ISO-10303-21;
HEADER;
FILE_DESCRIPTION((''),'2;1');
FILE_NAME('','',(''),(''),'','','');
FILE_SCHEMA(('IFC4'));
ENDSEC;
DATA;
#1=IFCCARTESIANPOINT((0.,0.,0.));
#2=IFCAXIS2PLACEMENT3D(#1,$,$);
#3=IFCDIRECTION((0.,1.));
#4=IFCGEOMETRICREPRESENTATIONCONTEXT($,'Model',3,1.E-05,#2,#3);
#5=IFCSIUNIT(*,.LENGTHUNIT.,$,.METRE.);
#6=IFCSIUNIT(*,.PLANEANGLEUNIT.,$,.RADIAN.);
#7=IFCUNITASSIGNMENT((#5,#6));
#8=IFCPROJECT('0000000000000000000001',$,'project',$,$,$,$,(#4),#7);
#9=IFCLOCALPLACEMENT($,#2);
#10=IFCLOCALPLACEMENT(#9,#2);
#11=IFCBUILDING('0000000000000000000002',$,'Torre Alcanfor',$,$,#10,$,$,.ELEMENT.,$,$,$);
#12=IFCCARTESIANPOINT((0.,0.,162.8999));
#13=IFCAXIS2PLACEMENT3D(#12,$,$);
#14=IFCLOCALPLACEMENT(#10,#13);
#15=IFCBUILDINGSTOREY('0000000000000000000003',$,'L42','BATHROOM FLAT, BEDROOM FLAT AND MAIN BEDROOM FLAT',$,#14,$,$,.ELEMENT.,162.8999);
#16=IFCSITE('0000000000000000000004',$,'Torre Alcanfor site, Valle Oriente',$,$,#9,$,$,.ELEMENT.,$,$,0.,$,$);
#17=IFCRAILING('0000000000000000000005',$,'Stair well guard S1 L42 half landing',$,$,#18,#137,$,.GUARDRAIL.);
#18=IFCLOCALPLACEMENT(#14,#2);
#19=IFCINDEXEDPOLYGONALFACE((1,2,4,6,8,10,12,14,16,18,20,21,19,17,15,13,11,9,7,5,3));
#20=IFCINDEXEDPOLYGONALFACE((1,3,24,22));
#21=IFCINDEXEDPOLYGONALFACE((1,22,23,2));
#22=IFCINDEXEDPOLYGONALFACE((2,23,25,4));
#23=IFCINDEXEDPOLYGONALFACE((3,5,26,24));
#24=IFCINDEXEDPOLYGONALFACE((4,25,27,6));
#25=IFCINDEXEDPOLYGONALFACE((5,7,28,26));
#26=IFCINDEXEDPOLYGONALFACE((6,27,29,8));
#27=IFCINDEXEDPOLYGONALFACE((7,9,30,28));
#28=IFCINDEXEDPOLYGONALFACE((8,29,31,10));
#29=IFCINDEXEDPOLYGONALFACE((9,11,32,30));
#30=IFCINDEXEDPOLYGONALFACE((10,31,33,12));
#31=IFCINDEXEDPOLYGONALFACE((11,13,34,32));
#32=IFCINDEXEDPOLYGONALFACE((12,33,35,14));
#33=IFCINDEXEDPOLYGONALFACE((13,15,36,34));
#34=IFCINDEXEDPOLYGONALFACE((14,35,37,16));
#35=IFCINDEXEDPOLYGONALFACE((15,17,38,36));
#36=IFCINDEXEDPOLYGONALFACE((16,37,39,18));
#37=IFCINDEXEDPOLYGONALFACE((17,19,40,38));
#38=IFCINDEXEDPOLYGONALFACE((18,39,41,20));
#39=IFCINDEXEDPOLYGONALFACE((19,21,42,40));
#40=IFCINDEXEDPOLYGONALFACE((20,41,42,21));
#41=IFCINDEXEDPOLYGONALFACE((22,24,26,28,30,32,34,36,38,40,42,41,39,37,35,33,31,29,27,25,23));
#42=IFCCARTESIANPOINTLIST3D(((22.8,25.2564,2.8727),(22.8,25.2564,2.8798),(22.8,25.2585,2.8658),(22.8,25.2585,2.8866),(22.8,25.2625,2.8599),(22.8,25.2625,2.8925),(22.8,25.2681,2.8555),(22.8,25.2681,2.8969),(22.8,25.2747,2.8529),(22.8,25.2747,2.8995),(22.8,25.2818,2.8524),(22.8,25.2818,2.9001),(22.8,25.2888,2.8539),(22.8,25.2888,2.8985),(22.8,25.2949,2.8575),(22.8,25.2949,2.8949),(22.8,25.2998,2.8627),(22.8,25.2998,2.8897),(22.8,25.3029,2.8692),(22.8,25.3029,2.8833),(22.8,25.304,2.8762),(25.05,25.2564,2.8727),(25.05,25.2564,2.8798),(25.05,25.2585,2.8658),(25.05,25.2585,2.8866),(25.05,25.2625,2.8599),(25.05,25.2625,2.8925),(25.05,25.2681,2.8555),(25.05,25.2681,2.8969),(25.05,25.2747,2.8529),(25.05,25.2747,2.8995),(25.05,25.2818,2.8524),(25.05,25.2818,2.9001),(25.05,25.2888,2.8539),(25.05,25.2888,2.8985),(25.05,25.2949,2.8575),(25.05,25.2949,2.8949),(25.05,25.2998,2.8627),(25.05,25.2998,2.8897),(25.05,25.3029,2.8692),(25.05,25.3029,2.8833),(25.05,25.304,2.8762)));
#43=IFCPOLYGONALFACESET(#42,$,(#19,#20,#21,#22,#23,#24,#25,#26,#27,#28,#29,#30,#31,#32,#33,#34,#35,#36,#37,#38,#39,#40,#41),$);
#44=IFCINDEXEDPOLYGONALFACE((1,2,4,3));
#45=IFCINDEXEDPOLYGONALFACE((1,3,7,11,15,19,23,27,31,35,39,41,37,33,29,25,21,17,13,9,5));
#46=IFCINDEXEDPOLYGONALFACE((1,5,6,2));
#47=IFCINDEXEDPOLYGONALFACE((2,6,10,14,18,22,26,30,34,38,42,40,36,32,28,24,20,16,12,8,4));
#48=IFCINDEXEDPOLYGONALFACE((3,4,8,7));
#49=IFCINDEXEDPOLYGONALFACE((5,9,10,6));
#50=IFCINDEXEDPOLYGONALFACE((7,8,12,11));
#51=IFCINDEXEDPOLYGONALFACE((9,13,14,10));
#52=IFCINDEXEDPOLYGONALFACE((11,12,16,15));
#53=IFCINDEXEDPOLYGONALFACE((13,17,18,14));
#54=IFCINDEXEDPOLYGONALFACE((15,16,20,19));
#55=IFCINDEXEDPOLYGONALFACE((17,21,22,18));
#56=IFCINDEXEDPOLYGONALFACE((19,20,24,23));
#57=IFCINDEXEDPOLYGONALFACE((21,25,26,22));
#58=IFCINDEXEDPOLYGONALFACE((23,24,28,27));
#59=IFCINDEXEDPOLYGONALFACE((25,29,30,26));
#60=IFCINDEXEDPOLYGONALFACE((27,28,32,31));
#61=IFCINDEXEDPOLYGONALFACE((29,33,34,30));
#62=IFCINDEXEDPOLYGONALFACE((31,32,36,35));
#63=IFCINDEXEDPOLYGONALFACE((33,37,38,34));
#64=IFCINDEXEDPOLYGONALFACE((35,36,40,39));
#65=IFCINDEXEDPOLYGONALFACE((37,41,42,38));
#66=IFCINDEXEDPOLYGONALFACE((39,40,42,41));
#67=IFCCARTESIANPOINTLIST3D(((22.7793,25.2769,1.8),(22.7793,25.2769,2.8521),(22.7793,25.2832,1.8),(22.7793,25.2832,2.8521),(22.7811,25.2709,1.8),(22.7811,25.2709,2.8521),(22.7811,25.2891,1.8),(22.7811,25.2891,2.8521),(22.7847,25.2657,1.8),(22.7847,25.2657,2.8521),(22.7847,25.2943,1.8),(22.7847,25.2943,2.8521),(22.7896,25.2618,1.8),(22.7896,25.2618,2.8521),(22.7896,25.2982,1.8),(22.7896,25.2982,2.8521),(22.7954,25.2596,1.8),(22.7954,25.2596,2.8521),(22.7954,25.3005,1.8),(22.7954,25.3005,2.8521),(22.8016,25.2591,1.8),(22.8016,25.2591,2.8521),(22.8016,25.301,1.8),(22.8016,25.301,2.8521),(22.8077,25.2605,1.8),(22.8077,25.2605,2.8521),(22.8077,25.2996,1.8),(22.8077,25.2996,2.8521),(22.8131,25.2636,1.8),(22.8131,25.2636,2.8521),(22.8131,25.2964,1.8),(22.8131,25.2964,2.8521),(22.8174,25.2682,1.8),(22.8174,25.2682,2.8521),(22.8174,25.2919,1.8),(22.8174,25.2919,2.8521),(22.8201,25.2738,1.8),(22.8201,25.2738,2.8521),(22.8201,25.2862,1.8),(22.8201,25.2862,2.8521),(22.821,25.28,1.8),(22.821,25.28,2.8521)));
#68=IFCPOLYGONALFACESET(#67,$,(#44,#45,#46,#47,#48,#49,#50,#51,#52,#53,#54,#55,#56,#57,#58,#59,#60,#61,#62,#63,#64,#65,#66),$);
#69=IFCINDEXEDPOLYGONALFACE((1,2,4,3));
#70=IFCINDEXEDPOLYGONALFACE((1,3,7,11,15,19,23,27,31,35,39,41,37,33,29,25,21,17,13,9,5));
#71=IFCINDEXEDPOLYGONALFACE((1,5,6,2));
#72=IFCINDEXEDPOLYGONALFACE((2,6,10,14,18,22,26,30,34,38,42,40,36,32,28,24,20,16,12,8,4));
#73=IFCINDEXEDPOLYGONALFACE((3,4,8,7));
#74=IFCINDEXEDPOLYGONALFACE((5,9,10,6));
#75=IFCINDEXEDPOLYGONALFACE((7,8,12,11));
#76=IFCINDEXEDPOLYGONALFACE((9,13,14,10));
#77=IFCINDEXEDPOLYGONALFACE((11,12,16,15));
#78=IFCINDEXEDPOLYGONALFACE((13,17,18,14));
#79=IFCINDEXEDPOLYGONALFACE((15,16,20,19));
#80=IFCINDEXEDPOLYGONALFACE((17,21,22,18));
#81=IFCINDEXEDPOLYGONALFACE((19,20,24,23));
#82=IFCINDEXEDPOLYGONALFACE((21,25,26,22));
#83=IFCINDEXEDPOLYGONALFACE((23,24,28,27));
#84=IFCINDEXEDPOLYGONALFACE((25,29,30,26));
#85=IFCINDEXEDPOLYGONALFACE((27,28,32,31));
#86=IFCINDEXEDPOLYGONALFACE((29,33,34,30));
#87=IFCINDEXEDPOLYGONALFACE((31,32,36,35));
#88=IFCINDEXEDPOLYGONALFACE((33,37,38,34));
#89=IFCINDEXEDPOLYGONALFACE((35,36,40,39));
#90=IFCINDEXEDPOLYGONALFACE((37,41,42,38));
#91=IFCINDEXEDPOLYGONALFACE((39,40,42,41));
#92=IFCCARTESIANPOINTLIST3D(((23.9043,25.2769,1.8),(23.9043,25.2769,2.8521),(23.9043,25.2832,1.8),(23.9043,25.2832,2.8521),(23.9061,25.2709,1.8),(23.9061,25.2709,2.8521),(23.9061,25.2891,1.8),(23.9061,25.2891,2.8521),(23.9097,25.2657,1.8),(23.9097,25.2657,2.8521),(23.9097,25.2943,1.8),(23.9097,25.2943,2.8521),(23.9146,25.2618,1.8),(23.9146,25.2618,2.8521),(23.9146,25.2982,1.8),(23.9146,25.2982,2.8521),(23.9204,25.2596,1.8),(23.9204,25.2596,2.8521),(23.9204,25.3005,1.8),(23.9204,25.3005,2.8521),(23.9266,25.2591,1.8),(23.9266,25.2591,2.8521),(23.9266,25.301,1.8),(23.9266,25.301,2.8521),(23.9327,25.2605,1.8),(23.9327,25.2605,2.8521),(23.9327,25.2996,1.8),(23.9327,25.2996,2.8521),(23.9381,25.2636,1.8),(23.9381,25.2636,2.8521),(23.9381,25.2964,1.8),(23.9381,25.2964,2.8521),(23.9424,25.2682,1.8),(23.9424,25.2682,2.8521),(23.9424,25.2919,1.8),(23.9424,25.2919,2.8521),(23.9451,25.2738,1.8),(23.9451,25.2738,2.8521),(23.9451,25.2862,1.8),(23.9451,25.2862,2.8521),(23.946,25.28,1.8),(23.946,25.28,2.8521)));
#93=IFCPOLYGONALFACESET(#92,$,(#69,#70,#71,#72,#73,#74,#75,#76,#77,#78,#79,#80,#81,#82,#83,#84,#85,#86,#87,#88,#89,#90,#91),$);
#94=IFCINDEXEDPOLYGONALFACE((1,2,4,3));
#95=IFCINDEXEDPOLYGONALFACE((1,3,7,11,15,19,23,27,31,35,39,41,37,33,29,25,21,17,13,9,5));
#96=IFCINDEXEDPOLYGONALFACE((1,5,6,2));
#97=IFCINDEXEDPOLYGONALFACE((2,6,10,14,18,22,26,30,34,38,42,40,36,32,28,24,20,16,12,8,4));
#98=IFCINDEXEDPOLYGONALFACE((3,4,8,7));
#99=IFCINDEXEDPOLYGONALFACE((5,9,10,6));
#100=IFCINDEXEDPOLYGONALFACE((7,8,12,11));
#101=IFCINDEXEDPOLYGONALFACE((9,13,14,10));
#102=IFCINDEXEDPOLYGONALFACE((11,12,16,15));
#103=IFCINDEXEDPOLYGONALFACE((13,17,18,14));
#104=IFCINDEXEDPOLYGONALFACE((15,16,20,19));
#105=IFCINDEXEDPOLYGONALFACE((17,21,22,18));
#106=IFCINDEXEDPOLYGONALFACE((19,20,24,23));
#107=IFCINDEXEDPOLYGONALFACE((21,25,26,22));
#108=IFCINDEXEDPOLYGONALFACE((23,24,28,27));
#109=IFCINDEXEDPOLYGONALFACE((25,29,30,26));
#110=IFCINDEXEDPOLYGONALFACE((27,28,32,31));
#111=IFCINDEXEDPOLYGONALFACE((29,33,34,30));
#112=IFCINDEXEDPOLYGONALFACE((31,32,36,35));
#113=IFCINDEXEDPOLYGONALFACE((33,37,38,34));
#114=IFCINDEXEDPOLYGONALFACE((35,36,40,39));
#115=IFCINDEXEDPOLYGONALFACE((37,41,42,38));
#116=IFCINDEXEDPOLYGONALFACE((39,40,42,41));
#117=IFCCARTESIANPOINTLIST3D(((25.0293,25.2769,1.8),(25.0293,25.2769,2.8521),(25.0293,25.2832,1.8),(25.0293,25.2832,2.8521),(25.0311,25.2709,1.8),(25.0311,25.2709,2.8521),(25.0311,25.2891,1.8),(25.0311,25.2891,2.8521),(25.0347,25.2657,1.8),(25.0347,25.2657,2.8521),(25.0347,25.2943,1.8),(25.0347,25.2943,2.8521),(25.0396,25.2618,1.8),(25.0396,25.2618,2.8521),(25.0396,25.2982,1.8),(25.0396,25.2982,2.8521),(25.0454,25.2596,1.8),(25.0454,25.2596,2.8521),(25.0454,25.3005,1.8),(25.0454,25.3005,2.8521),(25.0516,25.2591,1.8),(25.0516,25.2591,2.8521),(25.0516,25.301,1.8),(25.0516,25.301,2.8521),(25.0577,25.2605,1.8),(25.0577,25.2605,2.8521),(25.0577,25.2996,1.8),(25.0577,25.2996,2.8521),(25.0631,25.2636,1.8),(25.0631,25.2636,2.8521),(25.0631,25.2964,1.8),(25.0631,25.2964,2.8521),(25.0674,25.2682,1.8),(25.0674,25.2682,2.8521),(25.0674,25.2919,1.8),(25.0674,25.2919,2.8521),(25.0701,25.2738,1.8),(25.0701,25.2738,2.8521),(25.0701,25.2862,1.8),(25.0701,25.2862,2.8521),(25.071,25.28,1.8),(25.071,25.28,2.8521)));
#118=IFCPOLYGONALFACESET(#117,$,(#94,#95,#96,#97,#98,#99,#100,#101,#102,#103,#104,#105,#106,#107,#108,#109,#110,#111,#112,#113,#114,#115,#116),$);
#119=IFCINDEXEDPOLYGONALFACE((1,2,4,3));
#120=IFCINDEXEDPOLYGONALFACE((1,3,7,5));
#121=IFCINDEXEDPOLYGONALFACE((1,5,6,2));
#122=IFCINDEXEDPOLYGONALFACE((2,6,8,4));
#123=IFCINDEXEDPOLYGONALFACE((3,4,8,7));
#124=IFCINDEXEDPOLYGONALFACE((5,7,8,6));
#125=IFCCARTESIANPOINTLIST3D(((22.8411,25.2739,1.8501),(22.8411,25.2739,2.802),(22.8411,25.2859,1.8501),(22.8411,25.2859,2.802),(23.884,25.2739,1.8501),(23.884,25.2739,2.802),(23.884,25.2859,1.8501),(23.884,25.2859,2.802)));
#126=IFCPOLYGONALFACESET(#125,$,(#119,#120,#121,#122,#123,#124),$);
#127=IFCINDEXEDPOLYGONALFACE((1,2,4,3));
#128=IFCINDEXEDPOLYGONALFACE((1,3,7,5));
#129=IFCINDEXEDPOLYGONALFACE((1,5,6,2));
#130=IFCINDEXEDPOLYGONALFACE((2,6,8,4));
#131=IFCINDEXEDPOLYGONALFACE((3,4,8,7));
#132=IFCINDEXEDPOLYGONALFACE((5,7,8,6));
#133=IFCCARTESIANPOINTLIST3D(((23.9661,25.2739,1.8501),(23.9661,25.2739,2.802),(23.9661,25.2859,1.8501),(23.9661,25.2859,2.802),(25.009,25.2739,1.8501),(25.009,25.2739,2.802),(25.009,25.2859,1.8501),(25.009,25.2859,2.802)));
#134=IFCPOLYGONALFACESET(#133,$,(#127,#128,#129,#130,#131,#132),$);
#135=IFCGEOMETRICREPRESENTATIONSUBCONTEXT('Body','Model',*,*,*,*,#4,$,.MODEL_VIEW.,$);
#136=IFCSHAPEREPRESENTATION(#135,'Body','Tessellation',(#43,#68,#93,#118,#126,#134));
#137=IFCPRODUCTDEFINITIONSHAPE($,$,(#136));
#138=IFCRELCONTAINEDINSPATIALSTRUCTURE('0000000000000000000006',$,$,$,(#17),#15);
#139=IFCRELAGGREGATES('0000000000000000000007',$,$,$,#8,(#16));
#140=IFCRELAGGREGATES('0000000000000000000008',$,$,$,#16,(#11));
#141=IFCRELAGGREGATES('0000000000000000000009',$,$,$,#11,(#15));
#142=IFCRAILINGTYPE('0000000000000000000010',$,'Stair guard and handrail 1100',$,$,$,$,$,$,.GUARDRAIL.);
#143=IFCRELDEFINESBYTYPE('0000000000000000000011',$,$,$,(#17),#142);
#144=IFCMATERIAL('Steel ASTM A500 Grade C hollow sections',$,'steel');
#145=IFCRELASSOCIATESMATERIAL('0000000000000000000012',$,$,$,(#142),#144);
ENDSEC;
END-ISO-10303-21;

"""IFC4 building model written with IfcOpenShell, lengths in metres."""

from ifc_helpers import new_model, si_unit, direction, frame, origin, origin_2d, place, context, subcontext, project, spatial, polyline, circle, outline, extrude, material, type_object, element, save


model = new_model("IFC4")

# Units and contexts
model_context = context("Model", 3, precision=1e-05, world=origin(), true_north=direction((0.0, 1.0)))
body_context = subcontext(model_context, "Body", "Model", "MODEL_VIEW")
ifc_project = project(units=[si_unit("LENGTHUNIT", "METRE"), si_unit("PLANEANGLEUNIT", "RADIAN")], contexts=[model_context])

# Site, building, storey
site_placement = place(None, origin())
site = spatial("IfcSite", under=ifc_project, at=site_placement, Name="Torre Alcanfor site, Valle Oriente", CompositionType="ELEMENT", RefElevation=0.0)
building_placement = place(site_placement, origin())
building = spatial("IfcBuilding", under=site, at=building_placement, Name="Torre Alcanfor", CompositionType="ELEMENT")
storey_placement = place(building_placement, frame((0.0, 0.0, 162.8999)))
storey = spatial("IfcBuildingStorey", under=building, at=storey_placement, Name="L42", Description="BATHROOM FLAT, BEDROOM FLAT AND MAIN BEDROOM FLAT", CompositionType="ELEMENT", Elevation=162.8999)

# Railing
ifc_material_1 = material(Name="Steel ASTM A500 Grade C hollow sections", Category="steel")
railing_type_1 = type_object("IfcRailingType", Name="Stair guard and handrail 1100", PredefinedType="GUARDRAIL", material=ifc_material_1)
railing_1_placement = place(storey_placement, frame((22.8, 25.28, 1.8)))
element("IfcRailing", 1, at=railing_1_placement, inside=storey, type_object=railing_type_1, Name="Stair well guard S1 L42 half landing", PredefinedType="GUARDRAIL", context=body_context, shape_type="SweptSolid", body=[
    extrude(circle(Radius=0.0239, at=origin_2d()), frame((0.0, 0.0, 1.0762), z_axis=(1.0, 0.0, 0.0), x_axis=(0.0, 1.0, 0.0)), (0.0, 0.0, 1.0), 2.25),
    extrude(circle(Radius=0.021, at=origin_2d()), origin(), (0.0, 0.0, 1.0), 1.052),
    extrude(circle(Radius=0.021, at=origin_2d()), frame((1.125, 0.0, 0.0)), (0.0, 0.0, 1.0), 1.052),
    extrude(circle(Radius=0.021, at=origin_2d()), frame((2.25, 0.0, 0.0)), (0.0, 0.0, 1.0), 1.052),
    extrude(outline(polyline([(0.041, 0.05), (1.084, 0.05), (1.084, 1.002), (0.041, 1.002), (0.041, 0.05)])), frame((0.0, 0.0059, 0.0), z_axis=(0.0, -1.0, 0.0), x_axis=(1.0, 0.0, 0.0)), (0.0, 0.0, 1.0), 0.012),
    extrude(outline(polyline([(1.166, 0.05), (2.209, 0.05), (2.209, 1.002), (1.166, 1.002), (1.166, 0.05)])), frame((0.0, 0.0059, 0.0), z_axis=(0.0, -1.0, 0.0), x_axis=(1.0, 0.0, 0.0)), (0.0, 0.0, 1.0), 0.012),
])

save(model, "model.ifc")
